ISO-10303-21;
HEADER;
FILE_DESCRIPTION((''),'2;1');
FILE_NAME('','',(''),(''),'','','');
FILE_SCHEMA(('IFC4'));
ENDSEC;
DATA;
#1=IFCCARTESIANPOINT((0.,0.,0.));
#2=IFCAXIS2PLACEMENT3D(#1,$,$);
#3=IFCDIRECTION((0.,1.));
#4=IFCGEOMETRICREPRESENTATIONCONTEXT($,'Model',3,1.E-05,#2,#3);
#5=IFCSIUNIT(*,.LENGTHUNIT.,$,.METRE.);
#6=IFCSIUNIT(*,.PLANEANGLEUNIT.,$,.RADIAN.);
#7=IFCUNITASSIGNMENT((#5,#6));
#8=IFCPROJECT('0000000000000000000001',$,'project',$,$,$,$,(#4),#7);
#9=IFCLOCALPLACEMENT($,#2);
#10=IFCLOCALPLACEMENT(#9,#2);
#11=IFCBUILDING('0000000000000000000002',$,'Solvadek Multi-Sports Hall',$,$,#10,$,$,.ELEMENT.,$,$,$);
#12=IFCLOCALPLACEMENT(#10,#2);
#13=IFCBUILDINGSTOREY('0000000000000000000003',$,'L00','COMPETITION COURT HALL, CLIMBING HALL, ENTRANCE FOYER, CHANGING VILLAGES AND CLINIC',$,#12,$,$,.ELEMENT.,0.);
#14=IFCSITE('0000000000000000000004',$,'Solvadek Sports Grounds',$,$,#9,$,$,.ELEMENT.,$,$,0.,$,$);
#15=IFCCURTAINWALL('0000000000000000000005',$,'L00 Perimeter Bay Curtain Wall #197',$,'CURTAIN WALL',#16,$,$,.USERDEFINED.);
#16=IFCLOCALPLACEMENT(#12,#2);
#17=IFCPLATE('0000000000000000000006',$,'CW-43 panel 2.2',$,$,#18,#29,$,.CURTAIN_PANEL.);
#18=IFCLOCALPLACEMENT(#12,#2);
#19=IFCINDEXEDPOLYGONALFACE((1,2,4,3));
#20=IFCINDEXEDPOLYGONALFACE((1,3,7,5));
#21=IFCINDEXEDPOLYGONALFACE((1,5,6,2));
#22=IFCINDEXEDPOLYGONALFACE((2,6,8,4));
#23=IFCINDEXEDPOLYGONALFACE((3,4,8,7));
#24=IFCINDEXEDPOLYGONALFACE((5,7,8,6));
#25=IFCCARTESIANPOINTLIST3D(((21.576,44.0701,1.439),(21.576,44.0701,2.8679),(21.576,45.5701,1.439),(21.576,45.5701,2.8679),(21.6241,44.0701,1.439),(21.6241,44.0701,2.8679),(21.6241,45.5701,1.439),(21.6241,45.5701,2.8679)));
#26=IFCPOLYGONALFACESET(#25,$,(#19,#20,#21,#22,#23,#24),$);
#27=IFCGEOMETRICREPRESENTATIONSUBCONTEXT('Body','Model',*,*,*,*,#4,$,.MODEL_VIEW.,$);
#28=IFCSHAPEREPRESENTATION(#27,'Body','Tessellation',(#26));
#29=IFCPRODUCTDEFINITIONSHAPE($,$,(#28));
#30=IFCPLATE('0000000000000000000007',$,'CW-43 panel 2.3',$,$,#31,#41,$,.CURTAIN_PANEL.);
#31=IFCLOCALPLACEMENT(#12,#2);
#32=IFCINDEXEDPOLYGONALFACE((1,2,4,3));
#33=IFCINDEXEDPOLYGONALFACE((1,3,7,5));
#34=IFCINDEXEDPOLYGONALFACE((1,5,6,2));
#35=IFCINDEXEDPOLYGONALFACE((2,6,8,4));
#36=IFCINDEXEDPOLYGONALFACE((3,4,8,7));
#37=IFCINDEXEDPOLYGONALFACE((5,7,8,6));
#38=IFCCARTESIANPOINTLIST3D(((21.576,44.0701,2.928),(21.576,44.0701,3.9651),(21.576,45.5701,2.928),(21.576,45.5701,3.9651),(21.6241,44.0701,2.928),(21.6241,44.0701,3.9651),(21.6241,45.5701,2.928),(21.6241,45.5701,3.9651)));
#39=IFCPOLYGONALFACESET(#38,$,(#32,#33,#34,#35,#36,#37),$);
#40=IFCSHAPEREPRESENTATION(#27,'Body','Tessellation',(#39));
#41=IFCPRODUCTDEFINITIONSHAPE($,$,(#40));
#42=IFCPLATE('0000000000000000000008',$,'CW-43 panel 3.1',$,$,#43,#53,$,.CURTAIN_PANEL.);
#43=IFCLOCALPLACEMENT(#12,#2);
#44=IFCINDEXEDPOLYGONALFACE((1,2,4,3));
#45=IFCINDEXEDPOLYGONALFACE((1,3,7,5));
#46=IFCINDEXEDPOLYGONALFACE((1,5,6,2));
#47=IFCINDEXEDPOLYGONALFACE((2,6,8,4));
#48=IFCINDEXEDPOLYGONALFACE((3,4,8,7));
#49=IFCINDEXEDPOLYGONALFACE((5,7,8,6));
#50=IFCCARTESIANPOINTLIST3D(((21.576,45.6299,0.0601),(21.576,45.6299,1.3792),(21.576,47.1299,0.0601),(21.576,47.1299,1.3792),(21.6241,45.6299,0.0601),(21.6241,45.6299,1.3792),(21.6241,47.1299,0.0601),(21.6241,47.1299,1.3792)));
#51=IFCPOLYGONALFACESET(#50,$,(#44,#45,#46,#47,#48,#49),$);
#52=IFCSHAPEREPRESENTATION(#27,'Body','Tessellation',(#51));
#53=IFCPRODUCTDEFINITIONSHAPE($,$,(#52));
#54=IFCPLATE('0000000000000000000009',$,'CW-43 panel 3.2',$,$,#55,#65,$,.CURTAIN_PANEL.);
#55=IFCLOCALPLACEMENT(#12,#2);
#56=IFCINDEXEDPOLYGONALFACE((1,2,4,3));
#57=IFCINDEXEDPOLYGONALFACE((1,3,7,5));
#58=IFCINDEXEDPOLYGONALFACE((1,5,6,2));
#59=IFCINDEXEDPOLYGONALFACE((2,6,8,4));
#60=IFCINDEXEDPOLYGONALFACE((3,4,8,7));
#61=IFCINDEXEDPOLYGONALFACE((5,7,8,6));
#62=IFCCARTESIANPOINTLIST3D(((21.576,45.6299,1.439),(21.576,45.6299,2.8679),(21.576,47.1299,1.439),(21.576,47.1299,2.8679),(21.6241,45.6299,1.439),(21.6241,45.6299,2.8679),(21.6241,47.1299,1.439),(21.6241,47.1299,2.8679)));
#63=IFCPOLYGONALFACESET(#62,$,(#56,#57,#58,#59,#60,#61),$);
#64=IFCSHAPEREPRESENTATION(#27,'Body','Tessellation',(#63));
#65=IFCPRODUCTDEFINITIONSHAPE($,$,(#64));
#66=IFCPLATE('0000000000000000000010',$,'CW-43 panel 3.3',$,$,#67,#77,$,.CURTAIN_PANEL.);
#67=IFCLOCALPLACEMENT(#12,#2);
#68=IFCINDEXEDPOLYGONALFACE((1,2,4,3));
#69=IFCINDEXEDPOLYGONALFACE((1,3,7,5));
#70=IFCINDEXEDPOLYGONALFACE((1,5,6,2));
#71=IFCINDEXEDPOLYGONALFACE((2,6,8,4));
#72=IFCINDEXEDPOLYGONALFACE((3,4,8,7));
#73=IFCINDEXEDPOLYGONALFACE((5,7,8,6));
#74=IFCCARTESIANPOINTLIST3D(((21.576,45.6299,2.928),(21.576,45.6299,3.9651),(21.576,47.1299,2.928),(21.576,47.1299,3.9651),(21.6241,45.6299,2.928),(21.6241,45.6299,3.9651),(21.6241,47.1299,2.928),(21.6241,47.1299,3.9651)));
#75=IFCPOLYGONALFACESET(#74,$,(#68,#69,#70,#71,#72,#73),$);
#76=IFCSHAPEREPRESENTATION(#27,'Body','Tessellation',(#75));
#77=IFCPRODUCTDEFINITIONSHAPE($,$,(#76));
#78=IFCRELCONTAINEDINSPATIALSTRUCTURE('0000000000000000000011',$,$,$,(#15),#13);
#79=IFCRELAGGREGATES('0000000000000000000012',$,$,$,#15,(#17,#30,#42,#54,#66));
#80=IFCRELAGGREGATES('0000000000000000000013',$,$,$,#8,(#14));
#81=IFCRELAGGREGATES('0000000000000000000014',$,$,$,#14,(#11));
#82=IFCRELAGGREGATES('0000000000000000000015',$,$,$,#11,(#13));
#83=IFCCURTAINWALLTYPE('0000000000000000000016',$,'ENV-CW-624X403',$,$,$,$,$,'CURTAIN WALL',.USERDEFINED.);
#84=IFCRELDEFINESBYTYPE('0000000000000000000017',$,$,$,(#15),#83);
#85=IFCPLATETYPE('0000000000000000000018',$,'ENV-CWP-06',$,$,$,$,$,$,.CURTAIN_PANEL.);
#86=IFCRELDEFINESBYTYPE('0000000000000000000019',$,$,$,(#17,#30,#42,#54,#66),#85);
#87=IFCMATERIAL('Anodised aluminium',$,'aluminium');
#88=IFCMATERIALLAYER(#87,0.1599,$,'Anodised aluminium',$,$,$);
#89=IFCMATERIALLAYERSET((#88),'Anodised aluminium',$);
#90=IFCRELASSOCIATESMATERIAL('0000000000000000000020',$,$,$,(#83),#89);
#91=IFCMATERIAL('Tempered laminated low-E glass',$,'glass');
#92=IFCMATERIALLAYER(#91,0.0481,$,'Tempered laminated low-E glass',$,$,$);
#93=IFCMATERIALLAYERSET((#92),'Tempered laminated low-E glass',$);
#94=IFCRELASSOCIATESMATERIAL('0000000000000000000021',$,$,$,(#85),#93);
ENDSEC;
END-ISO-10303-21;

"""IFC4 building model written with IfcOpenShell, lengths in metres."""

from ifc_helpers import new_model, si_unit, direction, frame, origin, origin_2d, place, context, subcontext, project, spatial, rectangle, extrude, material, layer, layer_set, type_object, element, aggregate, save


model = new_model("IFC4")

# Units and contexts
model_context = context("Model", 3, precision=1e-05, world=origin(), true_north=direction((0.0, 1.0)))
body_context = subcontext(model_context, "Body", "Model", "MODEL_VIEW")
ifc_project = project(units=[si_unit("LENGTHUNIT", "METRE"), si_unit("PLANEANGLEUNIT", "RADIAN")], contexts=[model_context])

# Site, building, storey
site_placement = place(None, origin())
site = spatial("IfcSite", under=ifc_project, at=site_placement, Name="Solvadek Sports Grounds", CompositionType="ELEMENT", RefElevation=0.0)
building_placement = place(site_placement, origin())
building = spatial("IfcBuilding", under=site, at=building_placement, Name="Solvadek Multi-Sports Hall", CompositionType="ELEMENT")
storey_placement = place(building_placement, origin())
storey = spatial("IfcBuildingStorey", under=building, at=storey_placement, Name="L00", Description="COMPETITION COURT HALL, CLIMBING HALL, ENTRANCE FOYER, CHANGING VILLAGES AND CLINIC", CompositionType="ELEMENT", Elevation=0.0)

# Curtain wall
ifc_material_1 = material(Name="Anodised aluminium", Category="aluminium")
ifc_layer_1 = layer(ifc_material_1, 0.1599, Name="Anodised aluminium")
ifc_layer_set_1 = layer_set([ifc_layer_1], Name="Anodised aluminium")
curtain_wall_type_1 = type_object("IfcCurtainWallType", Name="ENV-CW-624X403", ElementType="CURTAIN WALL", PredefinedType="USERDEFINED", material=ifc_layer_set_1)
curtain_wall_1_placement = place(storey_placement, origin())
curtain_wall_1 = element("IfcCurtainWall", 1, at=curtain_wall_1_placement, inside=storey, type_object=curtain_wall_type_1, Name="L00 Perimeter Bay Curtain Wall #197", ObjectType="CURTAIN WALL", PredefinedType="USERDEFINED")

# Plates
ifc_material_2 = material(Name="Tempered laminated low-E glass", Category="glass")
ifc_layer_2 = layer(ifc_material_2, 0.0481, Name="Tempered laminated low-E glass")
ifc_layer_set_2 = layer_set([ifc_layer_2], Name="Tempered laminated low-E glass")
plate_type_1 = type_object("IfcPlateType", Name="ENV-CWP-06", PredefinedType="CURTAIN_PANEL", material=ifc_layer_set_2)
plate_1_placement = place(storey_placement, frame((21.6001, 44.8201, 1.439), z_axis=(0.0, 0.0, 1.0), x_axis=(0.0, 1.0, 0.0)))
plate_1 = element("IfcPlate", 2, at=plate_1_placement, type_object=plate_type_1, Name="CW-43 panel 2.2", PredefinedType="CURTAIN_PANEL", context=body_context, shape_type="SweptSolid", body=[
    extrude(rectangle(XDim=1.5, YDim=0.0481, at=origin_2d()), origin(), (0.0, 0.0, 1.0), 1.429),
])
plate_2_placement = place(storey_placement, frame((21.6001, 44.8201, 2.928), z_axis=(0.0, 0.0, 1.0), x_axis=(0.0, 1.0, 0.0)))
plate_2 = element("IfcPlate", 3, at=plate_2_placement, type_object=plate_type_1, Name="CW-43 panel 2.3", PredefinedType="CURTAIN_PANEL", context=body_context, shape_type="SweptSolid", body=[
    extrude(rectangle(XDim=1.5, YDim=0.0481, at=origin_2d()), origin(), (0.0, 0.0, 1.0), 1.0371),
])
plate_3_placement = place(storey_placement, frame((21.6001, 46.3799, 0.0601), z_axis=(0.0, 0.0, 1.0), x_axis=(0.0, 1.0, 0.0)))
plate_3 = element("IfcPlate", 4, at=plate_3_placement, type_object=plate_type_1, Name="CW-43 panel 3.1", PredefinedType="CURTAIN_PANEL", context=body_context, shape_type="SweptSolid", body=[
    extrude(rectangle(XDim=1.5, YDim=0.0481, at=origin_2d()), origin(), (0.0, 0.0, 1.0), 1.3191),
])
plate_4_placement = place(storey_placement, frame((21.6001, 46.3799, 1.439), z_axis=(0.0, 0.0, 1.0), x_axis=(0.0, 1.0, 0.0)))
plate_4 = element("IfcPlate", 5, at=plate_4_placement, type_object=plate_type_1, Name="CW-43 panel 3.2", PredefinedType="CURTAIN_PANEL", context=body_context, shape_type="SweptSolid", body=[
    extrude(rectangle(XDim=1.5, YDim=0.0481, at=origin_2d()), origin(), (0.0, 0.0, 1.0), 1.429),
])
plate_5_placement = place(storey_placement, frame((21.6001, 46.3799, 2.928), z_axis=(0.0, 0.0, 1.0), x_axis=(0.0, 1.0, 0.0)))
plate_5 = element("IfcPlate", 6, at=plate_5_placement, type_object=plate_type_1, Name="CW-43 panel 3.3", PredefinedType="CURTAIN_PANEL", context=body_context, shape_type="SweptSolid", body=[
    extrude(rectangle(XDim=1.5, YDim=0.0481, at=origin_2d()), origin(), (0.0, 0.0, 1.0), 1.0371),
])
aggregate(curtain_wall_1, [plate_1, plate_2, plate_3, plate_4, plate_5])

save(model, "model.ifc")
